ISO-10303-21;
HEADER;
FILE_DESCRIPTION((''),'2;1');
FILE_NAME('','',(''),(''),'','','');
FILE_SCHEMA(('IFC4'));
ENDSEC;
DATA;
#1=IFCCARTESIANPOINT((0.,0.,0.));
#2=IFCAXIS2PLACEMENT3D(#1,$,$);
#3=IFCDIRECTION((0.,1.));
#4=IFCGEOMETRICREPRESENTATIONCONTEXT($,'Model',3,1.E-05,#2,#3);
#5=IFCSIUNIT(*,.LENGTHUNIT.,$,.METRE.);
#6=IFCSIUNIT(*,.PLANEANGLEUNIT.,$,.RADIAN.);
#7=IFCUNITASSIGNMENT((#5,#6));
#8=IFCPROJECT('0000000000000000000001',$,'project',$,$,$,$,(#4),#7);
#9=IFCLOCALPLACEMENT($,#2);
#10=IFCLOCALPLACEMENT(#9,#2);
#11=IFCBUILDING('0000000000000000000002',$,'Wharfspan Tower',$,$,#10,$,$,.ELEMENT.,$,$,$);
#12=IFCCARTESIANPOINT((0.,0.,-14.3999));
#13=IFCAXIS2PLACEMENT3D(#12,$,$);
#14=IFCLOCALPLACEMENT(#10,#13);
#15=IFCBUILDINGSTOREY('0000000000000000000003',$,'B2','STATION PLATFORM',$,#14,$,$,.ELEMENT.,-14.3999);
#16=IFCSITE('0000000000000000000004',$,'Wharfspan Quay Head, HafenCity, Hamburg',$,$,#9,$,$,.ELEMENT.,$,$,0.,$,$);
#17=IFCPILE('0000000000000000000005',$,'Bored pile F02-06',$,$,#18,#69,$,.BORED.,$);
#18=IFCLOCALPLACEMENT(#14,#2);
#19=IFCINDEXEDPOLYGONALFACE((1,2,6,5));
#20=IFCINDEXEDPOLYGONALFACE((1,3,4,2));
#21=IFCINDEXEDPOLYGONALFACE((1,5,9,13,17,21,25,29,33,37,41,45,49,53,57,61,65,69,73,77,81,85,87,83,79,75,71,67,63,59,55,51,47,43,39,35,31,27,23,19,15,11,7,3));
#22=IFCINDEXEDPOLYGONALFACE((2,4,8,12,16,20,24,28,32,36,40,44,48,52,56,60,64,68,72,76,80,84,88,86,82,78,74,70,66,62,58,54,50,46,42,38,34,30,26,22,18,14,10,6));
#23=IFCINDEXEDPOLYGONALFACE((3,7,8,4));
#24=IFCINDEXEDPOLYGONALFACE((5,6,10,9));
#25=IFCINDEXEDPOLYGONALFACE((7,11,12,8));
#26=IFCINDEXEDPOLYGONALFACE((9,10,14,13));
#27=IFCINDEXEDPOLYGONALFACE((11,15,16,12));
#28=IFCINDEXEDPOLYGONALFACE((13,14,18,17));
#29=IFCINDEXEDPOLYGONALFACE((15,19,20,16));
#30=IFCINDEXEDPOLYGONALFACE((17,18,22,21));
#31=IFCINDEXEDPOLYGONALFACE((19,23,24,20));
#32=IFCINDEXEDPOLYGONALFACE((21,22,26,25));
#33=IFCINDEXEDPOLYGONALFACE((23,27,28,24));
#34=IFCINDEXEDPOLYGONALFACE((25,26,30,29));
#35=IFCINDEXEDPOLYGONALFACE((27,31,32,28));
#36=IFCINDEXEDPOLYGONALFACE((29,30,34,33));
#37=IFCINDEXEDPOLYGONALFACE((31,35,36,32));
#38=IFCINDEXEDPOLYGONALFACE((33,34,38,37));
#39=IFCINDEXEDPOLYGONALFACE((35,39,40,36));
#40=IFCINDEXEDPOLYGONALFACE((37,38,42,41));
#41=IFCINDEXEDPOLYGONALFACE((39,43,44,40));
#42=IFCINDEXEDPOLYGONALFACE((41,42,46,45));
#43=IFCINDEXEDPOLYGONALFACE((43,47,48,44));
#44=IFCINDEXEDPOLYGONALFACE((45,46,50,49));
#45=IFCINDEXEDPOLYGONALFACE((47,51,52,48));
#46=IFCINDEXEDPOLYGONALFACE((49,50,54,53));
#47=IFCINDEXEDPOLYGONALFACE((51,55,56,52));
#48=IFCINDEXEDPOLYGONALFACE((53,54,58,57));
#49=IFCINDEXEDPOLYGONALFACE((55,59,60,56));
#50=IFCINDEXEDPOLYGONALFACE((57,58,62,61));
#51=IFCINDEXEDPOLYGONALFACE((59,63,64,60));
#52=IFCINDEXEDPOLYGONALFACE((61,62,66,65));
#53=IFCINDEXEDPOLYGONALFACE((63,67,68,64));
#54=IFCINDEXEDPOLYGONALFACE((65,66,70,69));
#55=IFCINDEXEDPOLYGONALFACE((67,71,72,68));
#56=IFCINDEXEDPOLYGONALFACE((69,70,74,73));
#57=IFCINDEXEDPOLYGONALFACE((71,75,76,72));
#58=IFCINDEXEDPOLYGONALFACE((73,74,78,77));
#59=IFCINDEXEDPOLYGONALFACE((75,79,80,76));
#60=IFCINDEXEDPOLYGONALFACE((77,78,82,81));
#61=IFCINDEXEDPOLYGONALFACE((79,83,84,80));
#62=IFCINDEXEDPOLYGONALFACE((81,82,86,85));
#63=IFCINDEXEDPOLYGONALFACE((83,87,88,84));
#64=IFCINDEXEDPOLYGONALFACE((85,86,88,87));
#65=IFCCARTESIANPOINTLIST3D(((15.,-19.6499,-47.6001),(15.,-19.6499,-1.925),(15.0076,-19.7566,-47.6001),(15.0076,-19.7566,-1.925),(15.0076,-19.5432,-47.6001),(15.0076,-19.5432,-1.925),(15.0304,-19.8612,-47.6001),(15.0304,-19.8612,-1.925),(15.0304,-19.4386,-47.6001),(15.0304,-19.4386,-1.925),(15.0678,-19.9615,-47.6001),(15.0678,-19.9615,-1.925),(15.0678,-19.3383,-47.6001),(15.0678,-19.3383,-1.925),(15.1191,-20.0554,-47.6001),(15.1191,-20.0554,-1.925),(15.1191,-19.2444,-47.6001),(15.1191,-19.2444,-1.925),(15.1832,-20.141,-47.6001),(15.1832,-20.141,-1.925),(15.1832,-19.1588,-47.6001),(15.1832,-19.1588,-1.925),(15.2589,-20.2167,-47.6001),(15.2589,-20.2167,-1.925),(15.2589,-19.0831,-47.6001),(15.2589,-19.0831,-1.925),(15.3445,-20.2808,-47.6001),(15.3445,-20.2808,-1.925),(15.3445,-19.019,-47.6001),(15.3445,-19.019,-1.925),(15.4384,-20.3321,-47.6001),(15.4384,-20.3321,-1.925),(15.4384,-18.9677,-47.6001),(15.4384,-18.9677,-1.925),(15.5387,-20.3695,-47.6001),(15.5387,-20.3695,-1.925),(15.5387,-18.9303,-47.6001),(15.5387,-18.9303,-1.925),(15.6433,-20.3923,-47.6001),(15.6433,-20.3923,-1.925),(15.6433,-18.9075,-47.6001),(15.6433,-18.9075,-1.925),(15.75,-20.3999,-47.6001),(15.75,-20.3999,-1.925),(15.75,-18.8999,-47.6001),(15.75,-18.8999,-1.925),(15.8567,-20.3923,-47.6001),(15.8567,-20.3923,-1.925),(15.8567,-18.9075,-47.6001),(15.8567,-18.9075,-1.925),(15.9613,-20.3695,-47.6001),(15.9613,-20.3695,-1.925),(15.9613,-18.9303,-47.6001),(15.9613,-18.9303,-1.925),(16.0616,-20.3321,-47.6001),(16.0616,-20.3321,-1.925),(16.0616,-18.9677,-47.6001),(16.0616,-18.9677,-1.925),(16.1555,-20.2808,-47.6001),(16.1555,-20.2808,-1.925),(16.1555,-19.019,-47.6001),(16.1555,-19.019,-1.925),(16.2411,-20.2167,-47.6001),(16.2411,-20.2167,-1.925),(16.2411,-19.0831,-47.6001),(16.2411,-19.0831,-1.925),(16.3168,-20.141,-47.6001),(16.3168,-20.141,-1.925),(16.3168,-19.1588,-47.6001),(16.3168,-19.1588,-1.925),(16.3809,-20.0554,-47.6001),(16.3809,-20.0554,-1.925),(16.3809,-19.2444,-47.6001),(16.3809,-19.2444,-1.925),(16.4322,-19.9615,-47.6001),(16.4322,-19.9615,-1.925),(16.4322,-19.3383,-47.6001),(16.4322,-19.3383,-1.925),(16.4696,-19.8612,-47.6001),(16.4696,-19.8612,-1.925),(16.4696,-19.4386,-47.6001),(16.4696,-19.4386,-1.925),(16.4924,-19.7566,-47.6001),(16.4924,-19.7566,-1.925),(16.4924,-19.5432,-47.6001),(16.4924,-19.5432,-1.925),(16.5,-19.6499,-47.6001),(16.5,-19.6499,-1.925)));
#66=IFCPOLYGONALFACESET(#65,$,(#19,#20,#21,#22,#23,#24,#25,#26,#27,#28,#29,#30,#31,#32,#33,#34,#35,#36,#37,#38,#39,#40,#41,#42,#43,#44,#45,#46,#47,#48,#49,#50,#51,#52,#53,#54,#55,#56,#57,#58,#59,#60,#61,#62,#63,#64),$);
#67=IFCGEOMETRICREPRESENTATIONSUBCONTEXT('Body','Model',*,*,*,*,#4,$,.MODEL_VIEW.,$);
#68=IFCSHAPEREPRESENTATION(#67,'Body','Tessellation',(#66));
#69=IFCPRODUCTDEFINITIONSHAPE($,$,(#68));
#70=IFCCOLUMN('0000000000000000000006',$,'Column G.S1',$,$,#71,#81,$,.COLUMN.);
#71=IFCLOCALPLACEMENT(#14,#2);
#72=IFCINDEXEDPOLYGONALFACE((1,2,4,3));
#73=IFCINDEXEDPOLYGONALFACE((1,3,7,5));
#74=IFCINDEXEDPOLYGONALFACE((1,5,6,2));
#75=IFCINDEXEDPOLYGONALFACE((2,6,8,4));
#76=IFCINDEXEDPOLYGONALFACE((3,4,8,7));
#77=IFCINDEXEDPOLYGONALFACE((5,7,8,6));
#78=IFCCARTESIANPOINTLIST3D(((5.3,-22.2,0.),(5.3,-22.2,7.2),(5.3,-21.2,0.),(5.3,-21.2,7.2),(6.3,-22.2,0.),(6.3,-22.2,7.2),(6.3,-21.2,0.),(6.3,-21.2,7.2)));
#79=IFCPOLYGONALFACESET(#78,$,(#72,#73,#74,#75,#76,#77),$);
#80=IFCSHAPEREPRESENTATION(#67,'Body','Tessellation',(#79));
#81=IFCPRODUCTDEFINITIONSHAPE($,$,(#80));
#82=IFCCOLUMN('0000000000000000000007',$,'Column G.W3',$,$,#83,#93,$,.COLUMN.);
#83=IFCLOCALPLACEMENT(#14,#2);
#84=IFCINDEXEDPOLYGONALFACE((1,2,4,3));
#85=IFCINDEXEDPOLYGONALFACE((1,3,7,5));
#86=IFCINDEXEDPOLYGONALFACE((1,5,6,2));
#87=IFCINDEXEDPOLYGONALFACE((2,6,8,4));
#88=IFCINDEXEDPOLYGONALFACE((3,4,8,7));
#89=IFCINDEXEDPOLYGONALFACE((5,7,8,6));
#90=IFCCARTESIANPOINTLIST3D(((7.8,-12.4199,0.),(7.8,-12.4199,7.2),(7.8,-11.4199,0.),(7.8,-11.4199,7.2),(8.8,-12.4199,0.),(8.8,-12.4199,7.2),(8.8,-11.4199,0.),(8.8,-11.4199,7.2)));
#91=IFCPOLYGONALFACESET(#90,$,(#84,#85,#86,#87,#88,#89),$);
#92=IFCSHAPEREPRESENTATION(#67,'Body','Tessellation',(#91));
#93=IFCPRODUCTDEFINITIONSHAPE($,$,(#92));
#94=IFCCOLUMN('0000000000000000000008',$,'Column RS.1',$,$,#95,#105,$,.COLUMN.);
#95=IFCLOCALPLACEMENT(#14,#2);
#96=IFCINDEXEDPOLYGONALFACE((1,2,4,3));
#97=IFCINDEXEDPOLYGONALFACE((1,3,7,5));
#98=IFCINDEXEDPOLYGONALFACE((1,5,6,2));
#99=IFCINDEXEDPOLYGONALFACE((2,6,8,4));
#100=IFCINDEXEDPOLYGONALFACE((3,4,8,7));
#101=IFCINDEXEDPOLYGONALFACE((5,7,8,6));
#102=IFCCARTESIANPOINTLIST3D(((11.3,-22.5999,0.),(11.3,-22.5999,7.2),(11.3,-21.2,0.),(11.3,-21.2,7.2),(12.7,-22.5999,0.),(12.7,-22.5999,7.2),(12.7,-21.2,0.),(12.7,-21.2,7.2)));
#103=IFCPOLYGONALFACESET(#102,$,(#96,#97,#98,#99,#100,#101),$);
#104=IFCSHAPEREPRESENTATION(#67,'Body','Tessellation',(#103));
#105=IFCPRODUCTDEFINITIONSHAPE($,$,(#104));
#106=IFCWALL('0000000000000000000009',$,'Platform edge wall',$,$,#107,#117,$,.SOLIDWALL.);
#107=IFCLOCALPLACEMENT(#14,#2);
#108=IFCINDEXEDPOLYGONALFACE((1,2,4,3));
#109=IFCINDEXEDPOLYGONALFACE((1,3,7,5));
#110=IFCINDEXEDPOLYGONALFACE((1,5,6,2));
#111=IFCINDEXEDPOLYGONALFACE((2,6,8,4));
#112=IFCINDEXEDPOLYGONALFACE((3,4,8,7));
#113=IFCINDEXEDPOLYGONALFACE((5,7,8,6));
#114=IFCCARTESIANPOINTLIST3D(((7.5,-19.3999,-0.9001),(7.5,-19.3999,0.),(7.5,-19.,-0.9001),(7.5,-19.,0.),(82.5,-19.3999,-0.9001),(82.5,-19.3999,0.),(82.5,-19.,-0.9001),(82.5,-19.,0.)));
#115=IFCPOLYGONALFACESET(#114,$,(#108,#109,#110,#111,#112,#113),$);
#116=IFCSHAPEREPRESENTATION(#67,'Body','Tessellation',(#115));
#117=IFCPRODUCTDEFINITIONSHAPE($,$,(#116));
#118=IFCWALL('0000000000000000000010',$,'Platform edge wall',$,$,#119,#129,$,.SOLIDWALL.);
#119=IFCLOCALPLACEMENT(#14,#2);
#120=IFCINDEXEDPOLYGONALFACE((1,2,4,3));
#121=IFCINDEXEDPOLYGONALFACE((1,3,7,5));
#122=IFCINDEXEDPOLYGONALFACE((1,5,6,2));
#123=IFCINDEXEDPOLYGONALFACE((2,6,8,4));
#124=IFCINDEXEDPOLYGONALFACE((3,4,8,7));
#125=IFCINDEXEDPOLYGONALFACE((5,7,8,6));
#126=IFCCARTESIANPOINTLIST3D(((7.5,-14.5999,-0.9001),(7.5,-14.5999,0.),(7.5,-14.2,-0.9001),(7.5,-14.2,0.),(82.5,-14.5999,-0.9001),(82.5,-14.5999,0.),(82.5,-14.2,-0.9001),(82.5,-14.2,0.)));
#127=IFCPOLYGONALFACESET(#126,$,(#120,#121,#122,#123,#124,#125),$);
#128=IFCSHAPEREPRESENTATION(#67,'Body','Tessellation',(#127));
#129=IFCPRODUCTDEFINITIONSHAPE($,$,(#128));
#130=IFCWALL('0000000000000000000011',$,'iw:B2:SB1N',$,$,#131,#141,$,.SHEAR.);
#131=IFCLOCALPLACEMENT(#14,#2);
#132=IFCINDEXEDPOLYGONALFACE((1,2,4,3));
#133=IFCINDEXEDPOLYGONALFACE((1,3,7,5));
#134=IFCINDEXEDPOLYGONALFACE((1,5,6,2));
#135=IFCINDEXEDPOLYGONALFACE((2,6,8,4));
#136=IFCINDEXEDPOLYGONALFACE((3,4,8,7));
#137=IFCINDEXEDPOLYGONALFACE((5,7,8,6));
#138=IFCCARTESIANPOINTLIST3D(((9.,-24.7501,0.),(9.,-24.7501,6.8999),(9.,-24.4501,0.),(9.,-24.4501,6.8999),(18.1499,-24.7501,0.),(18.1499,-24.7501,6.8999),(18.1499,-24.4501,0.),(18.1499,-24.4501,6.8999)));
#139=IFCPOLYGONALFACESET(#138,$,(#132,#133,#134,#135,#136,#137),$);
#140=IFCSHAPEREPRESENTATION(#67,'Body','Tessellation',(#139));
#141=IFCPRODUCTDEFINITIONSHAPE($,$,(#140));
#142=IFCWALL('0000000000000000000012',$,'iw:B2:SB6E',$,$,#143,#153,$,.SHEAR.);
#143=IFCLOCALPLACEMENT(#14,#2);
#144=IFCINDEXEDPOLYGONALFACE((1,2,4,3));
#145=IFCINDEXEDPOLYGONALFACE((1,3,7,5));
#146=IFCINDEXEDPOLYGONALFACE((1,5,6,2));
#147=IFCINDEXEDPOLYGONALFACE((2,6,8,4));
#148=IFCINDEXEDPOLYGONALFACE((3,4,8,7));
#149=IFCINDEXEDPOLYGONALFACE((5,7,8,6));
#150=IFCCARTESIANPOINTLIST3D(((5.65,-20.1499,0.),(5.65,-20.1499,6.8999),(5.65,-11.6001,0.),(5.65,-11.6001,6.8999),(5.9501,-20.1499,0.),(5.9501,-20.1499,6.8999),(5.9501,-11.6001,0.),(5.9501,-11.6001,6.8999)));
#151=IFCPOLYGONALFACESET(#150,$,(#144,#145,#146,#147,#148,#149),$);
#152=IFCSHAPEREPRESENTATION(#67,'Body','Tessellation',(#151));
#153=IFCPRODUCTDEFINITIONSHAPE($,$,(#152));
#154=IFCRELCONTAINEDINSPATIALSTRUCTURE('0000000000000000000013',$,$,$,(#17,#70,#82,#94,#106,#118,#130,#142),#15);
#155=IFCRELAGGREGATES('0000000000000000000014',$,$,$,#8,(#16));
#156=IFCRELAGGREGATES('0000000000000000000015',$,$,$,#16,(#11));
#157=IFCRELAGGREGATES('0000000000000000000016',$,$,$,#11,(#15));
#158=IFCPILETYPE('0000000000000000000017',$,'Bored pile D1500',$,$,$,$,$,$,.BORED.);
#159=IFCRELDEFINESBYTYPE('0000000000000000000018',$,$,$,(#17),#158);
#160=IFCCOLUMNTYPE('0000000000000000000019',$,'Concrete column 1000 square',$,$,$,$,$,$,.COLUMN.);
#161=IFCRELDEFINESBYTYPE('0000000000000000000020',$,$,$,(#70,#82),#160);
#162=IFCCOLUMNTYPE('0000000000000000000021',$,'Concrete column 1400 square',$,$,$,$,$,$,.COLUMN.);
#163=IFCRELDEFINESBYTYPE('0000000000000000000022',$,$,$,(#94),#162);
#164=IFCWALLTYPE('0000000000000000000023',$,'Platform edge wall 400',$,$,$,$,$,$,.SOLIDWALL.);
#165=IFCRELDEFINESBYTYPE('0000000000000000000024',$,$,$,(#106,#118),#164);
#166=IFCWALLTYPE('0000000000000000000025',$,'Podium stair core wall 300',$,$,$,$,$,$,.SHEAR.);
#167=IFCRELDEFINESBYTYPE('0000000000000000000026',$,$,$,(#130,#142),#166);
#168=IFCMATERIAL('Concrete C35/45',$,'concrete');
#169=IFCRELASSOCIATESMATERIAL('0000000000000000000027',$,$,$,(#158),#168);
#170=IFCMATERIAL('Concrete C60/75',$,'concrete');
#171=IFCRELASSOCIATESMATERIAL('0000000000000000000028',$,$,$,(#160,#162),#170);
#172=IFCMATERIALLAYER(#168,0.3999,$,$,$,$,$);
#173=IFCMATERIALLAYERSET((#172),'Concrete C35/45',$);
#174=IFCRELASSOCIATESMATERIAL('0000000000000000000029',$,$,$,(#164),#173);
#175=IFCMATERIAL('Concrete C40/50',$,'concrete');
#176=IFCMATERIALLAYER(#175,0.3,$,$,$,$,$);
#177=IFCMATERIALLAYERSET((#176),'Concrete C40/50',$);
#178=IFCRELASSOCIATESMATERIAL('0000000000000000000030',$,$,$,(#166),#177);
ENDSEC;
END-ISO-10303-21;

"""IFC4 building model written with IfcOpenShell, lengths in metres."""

from ifc_helpers import new_model, si_unit, direction, frame, frame_2d, origin, origin_2d, place, context, subcontext, project, spatial, rectangle, circle, extrude, material, layer, layer_set, material_profile, profile_set, type_object, element, save


model = new_model("IFC4")

# Units and contexts
model_context = context("Model", 3, precision=1e-05, world=origin(), true_north=direction((0.0, 1.0)))
body_context = subcontext(model_context, "Body", "Model", "MODEL_VIEW")
ifc_project = project(units=[si_unit("LENGTHUNIT", "METRE"), si_unit("PLANEANGLEUNIT", "RADIAN")], contexts=[model_context])

# Site, building, storey
site_placement = place(None, origin())
site = spatial("IfcSite", under=ifc_project, at=site_placement, Name="Wharfspan Quay Head, HafenCity, Hamburg", CompositionType="ELEMENT", RefElevation=0.0)
building_placement = place(site_placement, origin())
building = spatial("IfcBuilding", under=site, at=building_placement, Name="Wharfspan Tower", CompositionType="ELEMENT")
storey_placement = place(building_placement, frame((0.0, 0.0, -14.3999)))
storey = spatial("IfcBuildingStorey", under=building, at=storey_placement, Name="B2", Description="STATION PLATFORM", CompositionType="ELEMENT", Elevation=-14.3999)

# Pile
ifc_material_1 = material(Name="Concrete C35/45", Category="concrete")
ifc_material_profile_1 = material_profile(ifc_material_1, circle(Radius=0.75, at=origin_2d()))
ifc_profile_set_1 = profile_set([ifc_material_profile_1], Name="Concrete C35/45")
pile_type = type_object("IfcPileType", Name="Bored pile D1500", PredefinedType="BORED", material=ifc_profile_set_1)
for number, where, z_axis, x_axis, name in (
    (1, (15.75, -19.6499, -1.925), (0.0, 0.0, -1.0), (1.0, 0.0, 0.0), "Bored pile F02-06"),
):
    element("IfcPile", number, at=place(storey_placement, frame(where, z_axis=z_axis, x_axis=x_axis)), inside=storey, type_object=pile_type, Name=name, PredefinedType="BORED", context=body_context, shape_type="SweptSolid", body=[
        extrude(circle(Radius=0.75, at=origin_2d()), origin(), (0.0, 0.0, 1.0), 45.675),
    ])

# Columns
ifc_material_2 = material(Name="Concrete C60/75", Category="concrete")
ifc_material_profile_2 = material_profile(ifc_material_2, rectangle(XDim=1.0, YDim=1.0, at=origin_2d()))
ifc_profile_set_2 = profile_set([ifc_material_profile_2], Name="Concrete C60/75")
column_type_1 = type_object("IfcColumnType", Name="Concrete column 1000 square", PredefinedType="COLUMN", material=ifc_profile_set_2)
for number, where, z_axis, x_axis, name in (
    (2, (5.8, -21.7, 0.0), (0.0, 0.0, 1.0), (1.0, 0.0, 0.0), "Column G.S1"),
    (3, (8.3, -11.9199, 0.0), (0.0, 0.0, 1.0), (1.0, 0.0, 0.0), "Column G.W3"),
):
    element("IfcColumn", number, at=place(storey_placement, frame(where, z_axis=z_axis, x_axis=x_axis)), inside=storey, type_object=column_type_1, Name=name, PredefinedType="COLUMN", context=body_context, shape_type="SweptSolid", body=[
        extrude(rectangle(XDim=1.0, YDim=1.0, at=origin_2d()), origin(), (0.0, 0.0, 1.0), 7.2),
    ])
ifc_material_profile_3 = material_profile(ifc_material_2, rectangle(XDim=1.3999, YDim=1.3999, at=origin_2d()))
ifc_profile_set_3 = profile_set([ifc_material_profile_3], Name="Concrete C60/75")
column_type_2 = type_object("IfcColumnType", Name="Concrete column 1400 square", PredefinedType="COLUMN", material=ifc_profile_set_3)
column_placement = place(storey_placement, frame((12.0, -21.8999, 0.0), z_axis=(0.0, 0.0, 1.0), x_axis=(1.0, 0.0, 0.0)))
element("IfcColumn", 4, at=column_placement, inside=storey, type_object=column_type_2, Name="Column RS.1", PredefinedType="COLUMN", context=body_context, shape_type="SweptSolid", body=[
    extrude(rectangle(XDim=1.3999, YDim=1.3999, at=origin_2d()), origin(), (0.0, 0.0, 1.0), 7.2),
])

# Walls
ifc_layer_1 = layer(ifc_material_1, 0.3999)
ifc_layer_set_1 = layer_set([ifc_layer_1], Name="Concrete C35/45")
wall_type_1 = type_object("IfcWallType", Name="Platform edge wall 400", PredefinedType="SOLIDWALL", material=ifc_layer_set_1)
for number, where, z_axis, x_axis, name in (
    (5, (7.5, -19.2, -0.9001), (0.0, 0.0, 1.0), (1.0, 0.0, 0.0), "Platform edge wall"),
    (6, (7.5, -14.3999, -0.9001), (0.0, 0.0, 1.0), (1.0, 0.0, 0.0), "Platform edge wall"),
):
    element("IfcWall", number, at=place(storey_placement, frame(where, z_axis=z_axis, x_axis=x_axis)), inside=storey, type_object=wall_type_1, Name=name, PredefinedType="SOLIDWALL", context=body_context, shape_type="SweptSolid", body=[
        extrude(rectangle(XDim=75.0, YDim=0.3999, at=frame_2d((37.5, 0.0))), origin(), (0.0, 0.0, 1.0), 0.9001),
    ])
ifc_material_3 = material(Name="Concrete C40/50", Category="concrete")
ifc_layer_2 = layer(ifc_material_3, 0.3)
ifc_layer_set_2 = layer_set([ifc_layer_2], Name="Concrete C40/50")
wall_type_2 = type_object("IfcWallType", Name="Podium stair core wall 300", PredefinedType="SHEAR", material=ifc_layer_set_2)
wall_1_placement = place(storey_placement, frame((9.0, -24.6001, 0.0), z_axis=(0.0, 0.0, 1.0), x_axis=(1.0, 0.0, 0.0)))
element("IfcWall", 7, at=wall_1_placement, inside=storey, type_object=wall_type_2, Name="iw:B2:SB1N", PredefinedType="SHEAR", context=body_context, shape_type="SweptSolid", body=[
    extrude(rectangle(XDim=9.1499, YDim=0.3, at=frame_2d((4.575, 0.0))), origin(), (0.0, 0.0, 1.0), 6.8999),
])
wall_2_placement = place(storey_placement, frame((5.8, -20.1499, 0.0), z_axis=(0.0, 0.0, 1.0), x_axis=(0.0, 1.0, 0.0)))
element("IfcWall", 8, at=wall_2_placement, inside=storey, type_object=wall_type_2, Name="iw:B2:SB6E", PredefinedType="SHEAR", context=body_context, shape_type="SweptSolid", body=[
    extrude(rectangle(XDim=8.5498, YDim=0.3, at=frame_2d((4.2749, 0.0))), origin(), (0.0, 0.0, 1.0), 6.8999),
])

save(model, "model.ifc")
